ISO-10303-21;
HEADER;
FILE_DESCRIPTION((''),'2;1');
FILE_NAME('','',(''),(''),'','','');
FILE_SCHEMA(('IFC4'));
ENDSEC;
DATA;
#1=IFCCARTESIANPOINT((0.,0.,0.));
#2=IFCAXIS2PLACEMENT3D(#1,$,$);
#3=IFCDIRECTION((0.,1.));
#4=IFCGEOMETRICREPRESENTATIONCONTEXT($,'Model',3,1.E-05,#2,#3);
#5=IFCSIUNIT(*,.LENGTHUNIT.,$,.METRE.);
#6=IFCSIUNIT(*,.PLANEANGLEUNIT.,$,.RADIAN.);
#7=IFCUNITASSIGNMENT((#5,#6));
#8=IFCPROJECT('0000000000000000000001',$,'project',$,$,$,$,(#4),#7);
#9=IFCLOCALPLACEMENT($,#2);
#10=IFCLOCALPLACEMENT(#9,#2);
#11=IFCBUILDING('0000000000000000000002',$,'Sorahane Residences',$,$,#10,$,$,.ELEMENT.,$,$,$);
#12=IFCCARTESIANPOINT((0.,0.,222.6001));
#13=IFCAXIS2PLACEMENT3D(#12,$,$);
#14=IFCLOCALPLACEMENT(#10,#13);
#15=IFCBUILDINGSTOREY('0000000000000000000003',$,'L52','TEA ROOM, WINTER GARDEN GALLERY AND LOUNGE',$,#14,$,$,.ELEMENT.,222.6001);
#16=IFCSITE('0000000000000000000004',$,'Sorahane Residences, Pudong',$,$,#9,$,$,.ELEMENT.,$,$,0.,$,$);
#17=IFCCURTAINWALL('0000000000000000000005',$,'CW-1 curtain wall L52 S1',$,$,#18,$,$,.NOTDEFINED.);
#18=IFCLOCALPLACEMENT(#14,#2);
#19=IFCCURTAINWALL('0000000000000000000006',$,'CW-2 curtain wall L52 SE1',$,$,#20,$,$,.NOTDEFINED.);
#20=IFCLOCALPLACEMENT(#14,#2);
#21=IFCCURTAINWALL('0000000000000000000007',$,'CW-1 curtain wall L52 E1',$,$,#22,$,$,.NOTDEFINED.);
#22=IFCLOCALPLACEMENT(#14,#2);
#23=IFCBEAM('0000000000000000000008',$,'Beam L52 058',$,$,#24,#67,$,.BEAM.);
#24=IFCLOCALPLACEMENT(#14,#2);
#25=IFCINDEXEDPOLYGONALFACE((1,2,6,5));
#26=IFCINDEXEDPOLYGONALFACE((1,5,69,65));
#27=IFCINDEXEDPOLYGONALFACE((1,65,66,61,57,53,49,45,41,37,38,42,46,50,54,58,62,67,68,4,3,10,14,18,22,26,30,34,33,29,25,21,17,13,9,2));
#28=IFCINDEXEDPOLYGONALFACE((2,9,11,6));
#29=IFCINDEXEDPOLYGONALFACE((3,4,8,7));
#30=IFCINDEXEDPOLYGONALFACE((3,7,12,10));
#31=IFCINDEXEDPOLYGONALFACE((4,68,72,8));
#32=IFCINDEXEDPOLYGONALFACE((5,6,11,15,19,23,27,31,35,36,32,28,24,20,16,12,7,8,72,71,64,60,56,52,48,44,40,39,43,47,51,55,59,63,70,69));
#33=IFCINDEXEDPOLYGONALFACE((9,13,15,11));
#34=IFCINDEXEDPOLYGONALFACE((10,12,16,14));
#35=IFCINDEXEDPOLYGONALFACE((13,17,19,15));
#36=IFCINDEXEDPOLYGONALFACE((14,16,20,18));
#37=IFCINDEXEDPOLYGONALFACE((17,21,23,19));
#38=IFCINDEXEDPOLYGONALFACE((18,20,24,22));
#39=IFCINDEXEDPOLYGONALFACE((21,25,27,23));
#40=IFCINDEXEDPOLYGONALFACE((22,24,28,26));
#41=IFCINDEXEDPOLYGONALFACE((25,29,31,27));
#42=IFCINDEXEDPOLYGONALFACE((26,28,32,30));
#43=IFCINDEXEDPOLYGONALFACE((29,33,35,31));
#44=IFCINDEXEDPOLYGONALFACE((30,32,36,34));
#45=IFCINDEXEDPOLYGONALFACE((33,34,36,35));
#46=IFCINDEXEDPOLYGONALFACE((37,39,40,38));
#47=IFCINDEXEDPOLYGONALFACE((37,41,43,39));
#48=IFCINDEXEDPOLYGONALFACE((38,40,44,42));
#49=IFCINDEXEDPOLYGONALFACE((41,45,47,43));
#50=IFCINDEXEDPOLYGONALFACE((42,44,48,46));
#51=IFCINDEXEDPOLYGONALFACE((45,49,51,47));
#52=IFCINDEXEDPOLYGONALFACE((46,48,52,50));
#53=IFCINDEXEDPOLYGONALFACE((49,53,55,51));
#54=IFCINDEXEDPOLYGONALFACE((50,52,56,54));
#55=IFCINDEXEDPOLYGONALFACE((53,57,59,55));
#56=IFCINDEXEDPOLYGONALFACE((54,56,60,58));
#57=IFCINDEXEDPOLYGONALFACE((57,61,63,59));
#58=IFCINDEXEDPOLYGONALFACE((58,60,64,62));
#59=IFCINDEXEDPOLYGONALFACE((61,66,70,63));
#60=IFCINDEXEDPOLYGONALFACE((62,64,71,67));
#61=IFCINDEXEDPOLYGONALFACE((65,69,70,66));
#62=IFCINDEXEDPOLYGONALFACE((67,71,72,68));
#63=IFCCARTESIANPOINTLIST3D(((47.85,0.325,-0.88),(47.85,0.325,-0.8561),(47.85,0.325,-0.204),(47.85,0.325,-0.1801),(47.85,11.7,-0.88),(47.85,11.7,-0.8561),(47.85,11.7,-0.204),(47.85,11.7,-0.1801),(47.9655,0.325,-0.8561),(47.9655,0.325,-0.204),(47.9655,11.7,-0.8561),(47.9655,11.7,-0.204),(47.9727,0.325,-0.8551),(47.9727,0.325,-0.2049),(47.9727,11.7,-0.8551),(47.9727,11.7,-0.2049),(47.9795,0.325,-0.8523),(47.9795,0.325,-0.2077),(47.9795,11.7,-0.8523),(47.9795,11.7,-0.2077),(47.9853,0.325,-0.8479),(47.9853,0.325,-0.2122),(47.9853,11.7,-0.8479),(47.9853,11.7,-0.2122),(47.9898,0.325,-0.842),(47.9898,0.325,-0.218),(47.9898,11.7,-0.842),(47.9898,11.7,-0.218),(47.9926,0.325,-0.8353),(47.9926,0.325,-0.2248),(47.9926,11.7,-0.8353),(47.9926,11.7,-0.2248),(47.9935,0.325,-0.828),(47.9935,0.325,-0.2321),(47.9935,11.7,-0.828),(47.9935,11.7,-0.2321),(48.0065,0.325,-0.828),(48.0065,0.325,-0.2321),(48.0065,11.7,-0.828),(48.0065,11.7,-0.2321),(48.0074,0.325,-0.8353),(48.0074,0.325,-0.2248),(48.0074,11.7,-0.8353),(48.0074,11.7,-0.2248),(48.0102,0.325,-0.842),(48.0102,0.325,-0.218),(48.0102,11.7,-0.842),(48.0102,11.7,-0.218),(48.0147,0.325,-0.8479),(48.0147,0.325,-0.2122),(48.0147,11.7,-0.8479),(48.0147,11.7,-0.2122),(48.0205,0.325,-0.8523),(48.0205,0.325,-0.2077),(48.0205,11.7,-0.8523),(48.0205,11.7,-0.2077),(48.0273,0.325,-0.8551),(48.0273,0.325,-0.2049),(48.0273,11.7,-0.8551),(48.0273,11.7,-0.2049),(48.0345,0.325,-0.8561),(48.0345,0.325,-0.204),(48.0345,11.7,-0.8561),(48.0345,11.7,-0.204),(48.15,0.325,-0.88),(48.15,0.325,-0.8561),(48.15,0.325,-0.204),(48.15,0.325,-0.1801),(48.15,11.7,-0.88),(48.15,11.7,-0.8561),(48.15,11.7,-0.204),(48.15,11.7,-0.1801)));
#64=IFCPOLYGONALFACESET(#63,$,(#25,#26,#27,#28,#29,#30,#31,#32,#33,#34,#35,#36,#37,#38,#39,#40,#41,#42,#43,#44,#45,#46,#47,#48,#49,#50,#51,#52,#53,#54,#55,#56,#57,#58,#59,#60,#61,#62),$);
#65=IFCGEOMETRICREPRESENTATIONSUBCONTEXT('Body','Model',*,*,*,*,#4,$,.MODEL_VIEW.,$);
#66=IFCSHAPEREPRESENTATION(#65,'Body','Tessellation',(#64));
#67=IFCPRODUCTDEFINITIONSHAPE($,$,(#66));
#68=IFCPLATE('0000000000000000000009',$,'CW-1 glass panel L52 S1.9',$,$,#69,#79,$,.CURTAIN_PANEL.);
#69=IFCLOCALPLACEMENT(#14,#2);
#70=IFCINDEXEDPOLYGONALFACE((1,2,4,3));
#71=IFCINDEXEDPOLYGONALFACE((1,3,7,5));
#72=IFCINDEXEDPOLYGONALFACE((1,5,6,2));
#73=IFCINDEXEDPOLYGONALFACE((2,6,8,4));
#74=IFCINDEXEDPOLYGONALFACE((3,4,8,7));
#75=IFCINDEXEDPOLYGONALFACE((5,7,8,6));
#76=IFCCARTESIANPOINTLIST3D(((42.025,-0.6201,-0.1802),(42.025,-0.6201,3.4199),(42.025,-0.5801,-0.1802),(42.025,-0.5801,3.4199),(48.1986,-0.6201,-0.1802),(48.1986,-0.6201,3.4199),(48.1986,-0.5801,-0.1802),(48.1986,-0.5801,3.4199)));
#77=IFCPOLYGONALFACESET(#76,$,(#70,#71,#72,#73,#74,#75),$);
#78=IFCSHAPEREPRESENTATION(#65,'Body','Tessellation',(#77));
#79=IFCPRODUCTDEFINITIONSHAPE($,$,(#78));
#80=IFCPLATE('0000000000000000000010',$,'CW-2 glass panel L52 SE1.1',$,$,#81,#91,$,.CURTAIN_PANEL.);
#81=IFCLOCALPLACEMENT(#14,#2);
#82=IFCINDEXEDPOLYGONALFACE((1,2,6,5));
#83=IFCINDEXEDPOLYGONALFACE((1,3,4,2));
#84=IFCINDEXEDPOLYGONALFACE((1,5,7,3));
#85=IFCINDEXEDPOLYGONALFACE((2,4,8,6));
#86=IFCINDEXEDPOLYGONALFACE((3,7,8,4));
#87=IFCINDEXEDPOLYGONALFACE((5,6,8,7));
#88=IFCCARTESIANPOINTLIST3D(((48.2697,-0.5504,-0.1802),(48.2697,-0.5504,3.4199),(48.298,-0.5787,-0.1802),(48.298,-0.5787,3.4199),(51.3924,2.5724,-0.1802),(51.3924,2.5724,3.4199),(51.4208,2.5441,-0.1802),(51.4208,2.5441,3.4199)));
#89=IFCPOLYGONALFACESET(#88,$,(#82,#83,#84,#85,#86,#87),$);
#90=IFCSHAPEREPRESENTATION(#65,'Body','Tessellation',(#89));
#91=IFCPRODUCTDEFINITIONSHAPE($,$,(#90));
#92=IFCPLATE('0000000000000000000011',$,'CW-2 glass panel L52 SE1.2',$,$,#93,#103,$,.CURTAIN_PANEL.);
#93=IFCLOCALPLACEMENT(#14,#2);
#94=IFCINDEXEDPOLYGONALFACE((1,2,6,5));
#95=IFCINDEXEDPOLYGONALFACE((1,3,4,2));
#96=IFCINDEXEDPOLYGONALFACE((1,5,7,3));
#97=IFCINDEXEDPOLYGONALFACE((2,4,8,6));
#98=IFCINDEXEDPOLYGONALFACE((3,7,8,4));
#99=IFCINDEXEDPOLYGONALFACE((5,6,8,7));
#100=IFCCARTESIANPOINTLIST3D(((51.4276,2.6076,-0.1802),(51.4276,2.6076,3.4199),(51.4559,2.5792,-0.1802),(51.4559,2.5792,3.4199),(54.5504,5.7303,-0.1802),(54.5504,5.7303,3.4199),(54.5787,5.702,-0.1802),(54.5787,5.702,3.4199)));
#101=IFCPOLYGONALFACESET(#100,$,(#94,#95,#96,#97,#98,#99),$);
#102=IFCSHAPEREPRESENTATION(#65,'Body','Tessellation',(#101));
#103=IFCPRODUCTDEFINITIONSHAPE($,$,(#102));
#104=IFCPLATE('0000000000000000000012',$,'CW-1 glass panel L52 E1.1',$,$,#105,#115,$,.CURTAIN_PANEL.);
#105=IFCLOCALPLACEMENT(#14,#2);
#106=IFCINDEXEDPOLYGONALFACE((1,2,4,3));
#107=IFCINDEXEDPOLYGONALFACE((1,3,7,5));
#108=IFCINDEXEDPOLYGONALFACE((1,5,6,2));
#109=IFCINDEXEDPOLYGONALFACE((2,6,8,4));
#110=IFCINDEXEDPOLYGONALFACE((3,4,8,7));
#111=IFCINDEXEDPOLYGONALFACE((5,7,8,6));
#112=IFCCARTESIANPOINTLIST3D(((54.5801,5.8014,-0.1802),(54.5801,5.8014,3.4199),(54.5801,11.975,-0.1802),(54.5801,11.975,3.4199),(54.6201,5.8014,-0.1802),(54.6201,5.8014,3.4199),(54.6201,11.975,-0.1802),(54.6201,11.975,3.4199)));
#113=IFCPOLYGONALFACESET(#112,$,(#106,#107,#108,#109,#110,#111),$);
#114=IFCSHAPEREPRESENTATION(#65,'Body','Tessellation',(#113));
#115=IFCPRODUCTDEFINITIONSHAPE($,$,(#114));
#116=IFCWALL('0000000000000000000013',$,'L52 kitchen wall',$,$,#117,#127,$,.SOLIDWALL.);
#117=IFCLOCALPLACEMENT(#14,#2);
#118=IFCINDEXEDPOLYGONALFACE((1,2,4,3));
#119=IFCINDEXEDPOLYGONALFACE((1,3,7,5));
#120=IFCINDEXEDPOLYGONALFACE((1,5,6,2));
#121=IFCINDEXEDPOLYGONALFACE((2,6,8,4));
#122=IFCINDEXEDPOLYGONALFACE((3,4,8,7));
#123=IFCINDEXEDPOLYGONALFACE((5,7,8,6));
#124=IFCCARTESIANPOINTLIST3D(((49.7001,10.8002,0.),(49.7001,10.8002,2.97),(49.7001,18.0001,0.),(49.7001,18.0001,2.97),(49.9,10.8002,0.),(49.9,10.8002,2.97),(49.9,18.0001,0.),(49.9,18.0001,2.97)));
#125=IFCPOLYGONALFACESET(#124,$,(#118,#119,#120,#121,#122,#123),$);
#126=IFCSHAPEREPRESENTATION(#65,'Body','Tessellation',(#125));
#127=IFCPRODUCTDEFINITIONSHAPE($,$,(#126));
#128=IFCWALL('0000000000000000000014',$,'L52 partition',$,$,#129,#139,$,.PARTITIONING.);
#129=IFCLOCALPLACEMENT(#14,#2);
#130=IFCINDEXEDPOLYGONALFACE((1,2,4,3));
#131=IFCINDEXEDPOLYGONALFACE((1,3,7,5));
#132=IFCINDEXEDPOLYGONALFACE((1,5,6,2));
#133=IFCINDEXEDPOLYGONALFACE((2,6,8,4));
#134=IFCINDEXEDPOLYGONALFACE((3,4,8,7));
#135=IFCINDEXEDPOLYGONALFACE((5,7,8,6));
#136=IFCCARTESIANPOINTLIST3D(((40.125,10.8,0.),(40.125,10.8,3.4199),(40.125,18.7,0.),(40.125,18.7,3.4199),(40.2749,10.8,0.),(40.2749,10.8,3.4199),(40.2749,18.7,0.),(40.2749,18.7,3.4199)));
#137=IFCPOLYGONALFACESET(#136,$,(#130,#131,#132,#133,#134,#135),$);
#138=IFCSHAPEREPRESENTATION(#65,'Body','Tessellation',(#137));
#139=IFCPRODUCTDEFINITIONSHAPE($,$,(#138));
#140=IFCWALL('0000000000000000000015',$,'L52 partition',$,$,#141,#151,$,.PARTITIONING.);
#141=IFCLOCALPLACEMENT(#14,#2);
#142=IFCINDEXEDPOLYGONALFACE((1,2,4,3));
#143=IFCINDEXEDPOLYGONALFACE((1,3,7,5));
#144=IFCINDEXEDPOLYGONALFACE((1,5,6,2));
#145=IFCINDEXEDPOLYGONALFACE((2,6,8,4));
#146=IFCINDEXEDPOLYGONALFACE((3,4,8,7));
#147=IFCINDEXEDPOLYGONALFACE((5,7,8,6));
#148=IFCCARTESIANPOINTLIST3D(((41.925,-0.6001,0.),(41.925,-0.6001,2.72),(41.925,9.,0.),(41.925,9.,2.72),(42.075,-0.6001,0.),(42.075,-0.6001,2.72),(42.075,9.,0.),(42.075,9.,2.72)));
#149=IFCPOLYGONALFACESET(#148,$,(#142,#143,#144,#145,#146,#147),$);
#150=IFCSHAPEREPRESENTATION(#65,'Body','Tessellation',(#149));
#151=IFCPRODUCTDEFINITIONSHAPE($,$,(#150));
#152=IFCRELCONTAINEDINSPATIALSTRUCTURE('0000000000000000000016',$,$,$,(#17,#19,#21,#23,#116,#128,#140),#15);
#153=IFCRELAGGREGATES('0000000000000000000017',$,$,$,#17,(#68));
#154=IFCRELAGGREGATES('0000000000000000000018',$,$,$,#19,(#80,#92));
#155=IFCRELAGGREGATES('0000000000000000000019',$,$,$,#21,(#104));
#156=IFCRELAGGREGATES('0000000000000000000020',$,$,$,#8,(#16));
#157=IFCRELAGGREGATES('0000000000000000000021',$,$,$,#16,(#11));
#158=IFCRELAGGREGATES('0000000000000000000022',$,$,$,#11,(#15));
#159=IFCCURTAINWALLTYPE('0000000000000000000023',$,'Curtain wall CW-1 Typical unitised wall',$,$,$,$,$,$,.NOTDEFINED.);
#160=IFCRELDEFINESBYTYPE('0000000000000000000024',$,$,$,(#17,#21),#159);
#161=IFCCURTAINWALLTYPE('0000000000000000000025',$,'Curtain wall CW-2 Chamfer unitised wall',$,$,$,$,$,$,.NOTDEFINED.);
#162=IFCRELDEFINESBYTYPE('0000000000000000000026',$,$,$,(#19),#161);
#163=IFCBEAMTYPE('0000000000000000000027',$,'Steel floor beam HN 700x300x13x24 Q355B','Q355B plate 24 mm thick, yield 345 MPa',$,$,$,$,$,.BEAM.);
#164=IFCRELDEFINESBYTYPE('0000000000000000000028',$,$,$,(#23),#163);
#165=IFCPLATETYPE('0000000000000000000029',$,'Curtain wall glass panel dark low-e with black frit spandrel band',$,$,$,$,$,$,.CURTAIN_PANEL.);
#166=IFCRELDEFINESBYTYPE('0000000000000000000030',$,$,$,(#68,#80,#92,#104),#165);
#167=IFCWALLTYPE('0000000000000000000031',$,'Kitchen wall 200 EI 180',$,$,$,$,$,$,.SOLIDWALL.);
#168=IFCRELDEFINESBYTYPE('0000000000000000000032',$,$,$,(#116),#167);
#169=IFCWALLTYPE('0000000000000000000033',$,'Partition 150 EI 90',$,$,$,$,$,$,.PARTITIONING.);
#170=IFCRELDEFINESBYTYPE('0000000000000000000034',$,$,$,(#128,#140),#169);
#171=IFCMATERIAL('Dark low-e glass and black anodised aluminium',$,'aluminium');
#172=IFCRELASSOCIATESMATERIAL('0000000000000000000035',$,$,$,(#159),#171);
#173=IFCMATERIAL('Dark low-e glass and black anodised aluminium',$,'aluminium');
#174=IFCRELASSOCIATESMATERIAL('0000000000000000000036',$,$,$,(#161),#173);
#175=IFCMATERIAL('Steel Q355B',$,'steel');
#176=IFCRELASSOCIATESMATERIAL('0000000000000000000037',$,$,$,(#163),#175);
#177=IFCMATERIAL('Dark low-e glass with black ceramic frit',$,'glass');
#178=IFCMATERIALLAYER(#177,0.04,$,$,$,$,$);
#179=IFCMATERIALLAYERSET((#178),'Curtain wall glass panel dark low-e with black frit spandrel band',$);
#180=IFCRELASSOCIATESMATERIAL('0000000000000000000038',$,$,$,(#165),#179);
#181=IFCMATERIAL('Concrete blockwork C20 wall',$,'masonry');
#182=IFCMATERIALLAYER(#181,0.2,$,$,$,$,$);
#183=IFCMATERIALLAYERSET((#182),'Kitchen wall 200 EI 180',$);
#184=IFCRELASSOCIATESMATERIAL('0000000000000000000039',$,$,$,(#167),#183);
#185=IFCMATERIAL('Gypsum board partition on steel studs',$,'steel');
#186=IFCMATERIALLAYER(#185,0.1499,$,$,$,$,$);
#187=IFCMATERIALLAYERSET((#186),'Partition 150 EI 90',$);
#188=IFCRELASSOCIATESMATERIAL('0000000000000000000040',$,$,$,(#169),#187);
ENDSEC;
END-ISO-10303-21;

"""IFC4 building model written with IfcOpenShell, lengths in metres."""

from ifc_helpers import new_model, si_unit, direction, frame, frame_2d, origin, origin_2d, place, context, subcontext, project, spatial, rectangle, i_section, extrude, material, layer, layer_set, material_profile, profile_set, type_object, element, aggregate, save


model = new_model("IFC4")

# Units and contexts
model_context = context("Model", 3, precision=1e-05, world=origin(), true_north=direction((0.0, 1.0)))
body_context = subcontext(model_context, "Body", "Model", "MODEL_VIEW")
ifc_project = project(units=[si_unit("LENGTHUNIT", "METRE"), si_unit("PLANEANGLEUNIT", "RADIAN")], contexts=[model_context])

# Site, building, storey
site_placement = place(None, origin())
site = spatial("IfcSite", under=ifc_project, at=site_placement, Name="Sorahane Residences, Pudong", CompositionType="ELEMENT", RefElevation=0.0)
building_placement = place(site_placement, origin())
building = spatial("IfcBuilding", under=site, at=building_placement, Name="Sorahane Residences", CompositionType="ELEMENT")
storey_placement = place(building_placement, frame((0.0, 0.0, 222.6001)))
storey = spatial("IfcBuildingStorey", under=building, at=storey_placement, Name="L52", Description="TEA ROOM, WINTER GARDEN GALLERY AND LOUNGE", CompositionType="ELEMENT", Elevation=222.6001)

# Curtain walls
ifc_material_1 = material(Name="Dark low-e glass and black anodised aluminium", Category="aluminium")
curtain_wall_type_1 = type_object("IfcCurtainWallType", Name="Curtain wall CW-1 Typical unitised wall", PredefinedType="NOTDEFINED", material=ifc_material_1)
curtain_wall_1_placement = place(storey_placement, origin())
curtain_wall_1 = element("IfcCurtainWall", 1, at=curtain_wall_1_placement, inside=storey, type_object=curtain_wall_type_1, Name="CW-1 curtain wall L52 S1", PredefinedType="NOTDEFINED")
ifc_material_2 = material(Name="Dark low-e glass and black anodised aluminium", Category="aluminium")
curtain_wall_type_2 = type_object("IfcCurtainWallType", Name="Curtain wall CW-2 Chamfer unitised wall", PredefinedType="NOTDEFINED", material=ifc_material_2)
curtain_wall_2_placement = place(storey_placement, origin())
curtain_wall_2 = element("IfcCurtainWall", 2, at=curtain_wall_2_placement, inside=storey, type_object=curtain_wall_type_2, Name="CW-2 curtain wall L52 SE1", PredefinedType="NOTDEFINED")

# Curtain wall
curtain_wall_3_placement = place(storey_placement, origin())
curtain_wall_3 = element("IfcCurtainWall", 3, at=curtain_wall_3_placement, inside=storey, type_object=curtain_wall_type_1, Name="CW-1 curtain wall L52 E1", PredefinedType="NOTDEFINED")

# Beam
ifc_material_3 = material(Name="Steel Q355B", Category="steel")
ifc_material_profile_1 = material_profile(ifc_material_3, i_section(OverallWidth=0.3, OverallDepth=0.7, WebThickness=0.0129, FlangeThickness=0.0239, FilletRadius=0.0281, at=origin_2d()), Name="HN 700x300x13x24")
ifc_profile_set_1 = profile_set([ifc_material_profile_1], Name="Steel Q355B")
beam_type_1 = type_object("IfcBeamType", Name="Steel floor beam HN 700x300x13x24 Q355B", Description="Q355B plate 24 mm thick, yield 345 MPa", PredefinedType="BEAM", material=ifc_profile_set_1)
beam_1_placement = place(storey_placement, frame((48.0, 0.325, -0.53), z_axis=(0.0, 1.0, 0.0), x_axis=(-1.0, 0.0, 0.0)))
element("IfcBeam", 4, at=beam_1_placement, inside=storey, type_object=beam_type_1, Name="Beam L52 058", PredefinedType="BEAM", context=body_context, shape_type="SweptSolid", body=[
    extrude(i_section(OverallWidth=0.3, OverallDepth=0.7, WebThickness=0.0129, FlangeThickness=0.0239, FilletRadius=0.0281, at=origin_2d()), origin(), (0.0, 0.0, 1.0), 11.375),
])

# Plates
ifc_material_4 = material(Name="Dark low-e glass with black ceramic frit", Category="glass")
ifc_layer_1 = layer(ifc_material_4, 0.04)
ifc_layer_set_1 = layer_set([ifc_layer_1], Name="Curtain wall glass panel dark low-e with black frit spandrel band")
plate_type = type_object("IfcPlateType", Name="Curtain wall glass panel dark low-e with black frit spandrel band", PredefinedType="CURTAIN_PANEL", material=ifc_layer_set_1)
plate_1_placement = place(storey_placement, frame((45.1118, -0.6001, -0.1802), z_axis=(0.0, 0.0, 1.0), x_axis=(1.0, 0.0, 0.0)))
plate_1 = element("IfcPlate", 5, at=plate_1_placement, type_object=plate_type, Name="CW-1 glass panel L52 S1.9", PredefinedType="CURTAIN_PANEL", context=body_context, shape_type="SweptSolid", body=[
    extrude(rectangle(XDim=6.1736, YDim=0.04, at=origin_2d()), origin(), (0.0, 0.0, 1.0), 3.6001),
])
aggregate(curtain_wall_1, [plate_1])
plate_2_placement = place(storey_placement, frame((49.8452, 0.9968, -0.1802), z_axis=(0.0, 0.0, 1.0), x_axis=(0.707107, 0.707107, 0.0)))
plate_2 = element("IfcPlate", 6, at=plate_2_placement, type_object=plate_type, Name="CW-2 glass panel L52 SE1.1", PredefinedType="CURTAIN_PANEL", context=body_context, shape_type="SweptSolid", body=[
    extrude(rectangle(XDim=4.4163, YDim=0.04, at=origin_2d()), origin(), (0.0, 0.0, 1.0), 3.6001),
])
plate_3_placement = place(storey_placement, frame((53.0032, 4.1548, -0.1802), z_axis=(0.0, 0.0, 1.0), x_axis=(0.707107, 0.707107, 0.0)))
plate_3 = element("IfcPlate", 7, at=plate_3_placement, type_object=plate_type, Name="CW-2 glass panel L52 SE1.2", PredefinedType="CURTAIN_PANEL", context=body_context, shape_type="SweptSolid", body=[
    extrude(rectangle(XDim=4.4163, YDim=0.04, at=origin_2d()), origin(), (0.0, 0.0, 1.0), 3.6001),
])
aggregate(curtain_wall_2, [plate_2, plate_3])
plate_4_placement = place(storey_placement, frame((54.6001, 8.8882, -0.1802), z_axis=(0.0, 0.0, 1.0), x_axis=(0.0, 1.0, 0.0)))
plate_4 = element("IfcPlate", 8, at=plate_4_placement, type_object=plate_type, Name="CW-1 glass panel L52 E1.1", PredefinedType="CURTAIN_PANEL", context=body_context, shape_type="SweptSolid", body=[
    extrude(rectangle(XDim=6.1736, YDim=0.04, at=origin_2d()), origin(), (0.0, 0.0, 1.0), 3.6001),
])
aggregate(curtain_wall_3, [plate_4])

# Wall
ifc_material_5 = material(Name="Concrete blockwork C20 wall", Category="masonry")
ifc_layer_2 = layer(ifc_material_5, 0.2)
ifc_layer_set_2 = layer_set([ifc_layer_2], Name="Kitchen wall 200 EI 180")
wall_type_1 = type_object("IfcWallType", Name="Kitchen wall 200 EI 180", PredefinedType="SOLIDWALL", material=ifc_layer_set_2)
wall_1_placement = place(storey_placement, frame((49.8, 10.8, 0.0), z_axis=(0.0, 0.0, 1.0), x_axis=(0.0, 1.0, 0.0)))
element("IfcWall", 9, at=wall_1_placement, inside=storey, type_object=wall_type_1, Name="L52 kitchen wall", PredefinedType="SOLIDWALL", context=body_context, shape_type="SweptSolid", body=[
    extrude(rectangle(XDim=7.2, YDim=0.2, at=frame_2d((3.6001, 0.0))), origin(), (0.0, 0.0, 1.0), 2.97),
])

# Walls
ifc_material_6 = material(Name="Gypsum board partition on steel studs", Category="steel")
ifc_layer_3 = layer(ifc_material_6, 0.1499)
ifc_layer_set_3 = layer_set([ifc_layer_3], Name="Partition 150 EI 90")
wall_type_2 = type_object("IfcWallType", Name="Partition 150 EI 90", PredefinedType="PARTITIONING", material=ifc_layer_set_3)
wall_2_placement = place(storey_placement, frame((40.2, 10.8, 0.0), z_axis=(0.0, 0.0, 1.0), x_axis=(0.0, 1.0, 0.0)))
element("IfcWall", 10, at=wall_2_placement, inside=storey, type_object=wall_type_2, Name="L52 partition", PredefinedType="PARTITIONING", context=body_context, shape_type="SweptSolid", body=[
    extrude(rectangle(XDim=7.8999, YDim=0.1499, at=frame_2d((3.95, 0.0))), origin(), (0.0, 0.0, 1.0), 3.4199),
])
wall_3_placement = place(storey_placement, frame((42.0, -0.6001, 0.0), z_axis=(0.0, 0.0, 1.0), x_axis=(0.0, 1.0, 0.0)))
element("IfcWall", 11, at=wall_3_placement, inside=storey, type_object=wall_type_2, Name="L52 partition", PredefinedType="PARTITIONING", context=body_context, shape_type="SweptSolid", body=[
    extrude(rectangle(XDim=9.6001, YDim=0.1499, at=frame_2d((4.8, 0.0))), origin(), (0.0, 0.0, 1.0), 2.72),
])

save(model, "model.ifc")
